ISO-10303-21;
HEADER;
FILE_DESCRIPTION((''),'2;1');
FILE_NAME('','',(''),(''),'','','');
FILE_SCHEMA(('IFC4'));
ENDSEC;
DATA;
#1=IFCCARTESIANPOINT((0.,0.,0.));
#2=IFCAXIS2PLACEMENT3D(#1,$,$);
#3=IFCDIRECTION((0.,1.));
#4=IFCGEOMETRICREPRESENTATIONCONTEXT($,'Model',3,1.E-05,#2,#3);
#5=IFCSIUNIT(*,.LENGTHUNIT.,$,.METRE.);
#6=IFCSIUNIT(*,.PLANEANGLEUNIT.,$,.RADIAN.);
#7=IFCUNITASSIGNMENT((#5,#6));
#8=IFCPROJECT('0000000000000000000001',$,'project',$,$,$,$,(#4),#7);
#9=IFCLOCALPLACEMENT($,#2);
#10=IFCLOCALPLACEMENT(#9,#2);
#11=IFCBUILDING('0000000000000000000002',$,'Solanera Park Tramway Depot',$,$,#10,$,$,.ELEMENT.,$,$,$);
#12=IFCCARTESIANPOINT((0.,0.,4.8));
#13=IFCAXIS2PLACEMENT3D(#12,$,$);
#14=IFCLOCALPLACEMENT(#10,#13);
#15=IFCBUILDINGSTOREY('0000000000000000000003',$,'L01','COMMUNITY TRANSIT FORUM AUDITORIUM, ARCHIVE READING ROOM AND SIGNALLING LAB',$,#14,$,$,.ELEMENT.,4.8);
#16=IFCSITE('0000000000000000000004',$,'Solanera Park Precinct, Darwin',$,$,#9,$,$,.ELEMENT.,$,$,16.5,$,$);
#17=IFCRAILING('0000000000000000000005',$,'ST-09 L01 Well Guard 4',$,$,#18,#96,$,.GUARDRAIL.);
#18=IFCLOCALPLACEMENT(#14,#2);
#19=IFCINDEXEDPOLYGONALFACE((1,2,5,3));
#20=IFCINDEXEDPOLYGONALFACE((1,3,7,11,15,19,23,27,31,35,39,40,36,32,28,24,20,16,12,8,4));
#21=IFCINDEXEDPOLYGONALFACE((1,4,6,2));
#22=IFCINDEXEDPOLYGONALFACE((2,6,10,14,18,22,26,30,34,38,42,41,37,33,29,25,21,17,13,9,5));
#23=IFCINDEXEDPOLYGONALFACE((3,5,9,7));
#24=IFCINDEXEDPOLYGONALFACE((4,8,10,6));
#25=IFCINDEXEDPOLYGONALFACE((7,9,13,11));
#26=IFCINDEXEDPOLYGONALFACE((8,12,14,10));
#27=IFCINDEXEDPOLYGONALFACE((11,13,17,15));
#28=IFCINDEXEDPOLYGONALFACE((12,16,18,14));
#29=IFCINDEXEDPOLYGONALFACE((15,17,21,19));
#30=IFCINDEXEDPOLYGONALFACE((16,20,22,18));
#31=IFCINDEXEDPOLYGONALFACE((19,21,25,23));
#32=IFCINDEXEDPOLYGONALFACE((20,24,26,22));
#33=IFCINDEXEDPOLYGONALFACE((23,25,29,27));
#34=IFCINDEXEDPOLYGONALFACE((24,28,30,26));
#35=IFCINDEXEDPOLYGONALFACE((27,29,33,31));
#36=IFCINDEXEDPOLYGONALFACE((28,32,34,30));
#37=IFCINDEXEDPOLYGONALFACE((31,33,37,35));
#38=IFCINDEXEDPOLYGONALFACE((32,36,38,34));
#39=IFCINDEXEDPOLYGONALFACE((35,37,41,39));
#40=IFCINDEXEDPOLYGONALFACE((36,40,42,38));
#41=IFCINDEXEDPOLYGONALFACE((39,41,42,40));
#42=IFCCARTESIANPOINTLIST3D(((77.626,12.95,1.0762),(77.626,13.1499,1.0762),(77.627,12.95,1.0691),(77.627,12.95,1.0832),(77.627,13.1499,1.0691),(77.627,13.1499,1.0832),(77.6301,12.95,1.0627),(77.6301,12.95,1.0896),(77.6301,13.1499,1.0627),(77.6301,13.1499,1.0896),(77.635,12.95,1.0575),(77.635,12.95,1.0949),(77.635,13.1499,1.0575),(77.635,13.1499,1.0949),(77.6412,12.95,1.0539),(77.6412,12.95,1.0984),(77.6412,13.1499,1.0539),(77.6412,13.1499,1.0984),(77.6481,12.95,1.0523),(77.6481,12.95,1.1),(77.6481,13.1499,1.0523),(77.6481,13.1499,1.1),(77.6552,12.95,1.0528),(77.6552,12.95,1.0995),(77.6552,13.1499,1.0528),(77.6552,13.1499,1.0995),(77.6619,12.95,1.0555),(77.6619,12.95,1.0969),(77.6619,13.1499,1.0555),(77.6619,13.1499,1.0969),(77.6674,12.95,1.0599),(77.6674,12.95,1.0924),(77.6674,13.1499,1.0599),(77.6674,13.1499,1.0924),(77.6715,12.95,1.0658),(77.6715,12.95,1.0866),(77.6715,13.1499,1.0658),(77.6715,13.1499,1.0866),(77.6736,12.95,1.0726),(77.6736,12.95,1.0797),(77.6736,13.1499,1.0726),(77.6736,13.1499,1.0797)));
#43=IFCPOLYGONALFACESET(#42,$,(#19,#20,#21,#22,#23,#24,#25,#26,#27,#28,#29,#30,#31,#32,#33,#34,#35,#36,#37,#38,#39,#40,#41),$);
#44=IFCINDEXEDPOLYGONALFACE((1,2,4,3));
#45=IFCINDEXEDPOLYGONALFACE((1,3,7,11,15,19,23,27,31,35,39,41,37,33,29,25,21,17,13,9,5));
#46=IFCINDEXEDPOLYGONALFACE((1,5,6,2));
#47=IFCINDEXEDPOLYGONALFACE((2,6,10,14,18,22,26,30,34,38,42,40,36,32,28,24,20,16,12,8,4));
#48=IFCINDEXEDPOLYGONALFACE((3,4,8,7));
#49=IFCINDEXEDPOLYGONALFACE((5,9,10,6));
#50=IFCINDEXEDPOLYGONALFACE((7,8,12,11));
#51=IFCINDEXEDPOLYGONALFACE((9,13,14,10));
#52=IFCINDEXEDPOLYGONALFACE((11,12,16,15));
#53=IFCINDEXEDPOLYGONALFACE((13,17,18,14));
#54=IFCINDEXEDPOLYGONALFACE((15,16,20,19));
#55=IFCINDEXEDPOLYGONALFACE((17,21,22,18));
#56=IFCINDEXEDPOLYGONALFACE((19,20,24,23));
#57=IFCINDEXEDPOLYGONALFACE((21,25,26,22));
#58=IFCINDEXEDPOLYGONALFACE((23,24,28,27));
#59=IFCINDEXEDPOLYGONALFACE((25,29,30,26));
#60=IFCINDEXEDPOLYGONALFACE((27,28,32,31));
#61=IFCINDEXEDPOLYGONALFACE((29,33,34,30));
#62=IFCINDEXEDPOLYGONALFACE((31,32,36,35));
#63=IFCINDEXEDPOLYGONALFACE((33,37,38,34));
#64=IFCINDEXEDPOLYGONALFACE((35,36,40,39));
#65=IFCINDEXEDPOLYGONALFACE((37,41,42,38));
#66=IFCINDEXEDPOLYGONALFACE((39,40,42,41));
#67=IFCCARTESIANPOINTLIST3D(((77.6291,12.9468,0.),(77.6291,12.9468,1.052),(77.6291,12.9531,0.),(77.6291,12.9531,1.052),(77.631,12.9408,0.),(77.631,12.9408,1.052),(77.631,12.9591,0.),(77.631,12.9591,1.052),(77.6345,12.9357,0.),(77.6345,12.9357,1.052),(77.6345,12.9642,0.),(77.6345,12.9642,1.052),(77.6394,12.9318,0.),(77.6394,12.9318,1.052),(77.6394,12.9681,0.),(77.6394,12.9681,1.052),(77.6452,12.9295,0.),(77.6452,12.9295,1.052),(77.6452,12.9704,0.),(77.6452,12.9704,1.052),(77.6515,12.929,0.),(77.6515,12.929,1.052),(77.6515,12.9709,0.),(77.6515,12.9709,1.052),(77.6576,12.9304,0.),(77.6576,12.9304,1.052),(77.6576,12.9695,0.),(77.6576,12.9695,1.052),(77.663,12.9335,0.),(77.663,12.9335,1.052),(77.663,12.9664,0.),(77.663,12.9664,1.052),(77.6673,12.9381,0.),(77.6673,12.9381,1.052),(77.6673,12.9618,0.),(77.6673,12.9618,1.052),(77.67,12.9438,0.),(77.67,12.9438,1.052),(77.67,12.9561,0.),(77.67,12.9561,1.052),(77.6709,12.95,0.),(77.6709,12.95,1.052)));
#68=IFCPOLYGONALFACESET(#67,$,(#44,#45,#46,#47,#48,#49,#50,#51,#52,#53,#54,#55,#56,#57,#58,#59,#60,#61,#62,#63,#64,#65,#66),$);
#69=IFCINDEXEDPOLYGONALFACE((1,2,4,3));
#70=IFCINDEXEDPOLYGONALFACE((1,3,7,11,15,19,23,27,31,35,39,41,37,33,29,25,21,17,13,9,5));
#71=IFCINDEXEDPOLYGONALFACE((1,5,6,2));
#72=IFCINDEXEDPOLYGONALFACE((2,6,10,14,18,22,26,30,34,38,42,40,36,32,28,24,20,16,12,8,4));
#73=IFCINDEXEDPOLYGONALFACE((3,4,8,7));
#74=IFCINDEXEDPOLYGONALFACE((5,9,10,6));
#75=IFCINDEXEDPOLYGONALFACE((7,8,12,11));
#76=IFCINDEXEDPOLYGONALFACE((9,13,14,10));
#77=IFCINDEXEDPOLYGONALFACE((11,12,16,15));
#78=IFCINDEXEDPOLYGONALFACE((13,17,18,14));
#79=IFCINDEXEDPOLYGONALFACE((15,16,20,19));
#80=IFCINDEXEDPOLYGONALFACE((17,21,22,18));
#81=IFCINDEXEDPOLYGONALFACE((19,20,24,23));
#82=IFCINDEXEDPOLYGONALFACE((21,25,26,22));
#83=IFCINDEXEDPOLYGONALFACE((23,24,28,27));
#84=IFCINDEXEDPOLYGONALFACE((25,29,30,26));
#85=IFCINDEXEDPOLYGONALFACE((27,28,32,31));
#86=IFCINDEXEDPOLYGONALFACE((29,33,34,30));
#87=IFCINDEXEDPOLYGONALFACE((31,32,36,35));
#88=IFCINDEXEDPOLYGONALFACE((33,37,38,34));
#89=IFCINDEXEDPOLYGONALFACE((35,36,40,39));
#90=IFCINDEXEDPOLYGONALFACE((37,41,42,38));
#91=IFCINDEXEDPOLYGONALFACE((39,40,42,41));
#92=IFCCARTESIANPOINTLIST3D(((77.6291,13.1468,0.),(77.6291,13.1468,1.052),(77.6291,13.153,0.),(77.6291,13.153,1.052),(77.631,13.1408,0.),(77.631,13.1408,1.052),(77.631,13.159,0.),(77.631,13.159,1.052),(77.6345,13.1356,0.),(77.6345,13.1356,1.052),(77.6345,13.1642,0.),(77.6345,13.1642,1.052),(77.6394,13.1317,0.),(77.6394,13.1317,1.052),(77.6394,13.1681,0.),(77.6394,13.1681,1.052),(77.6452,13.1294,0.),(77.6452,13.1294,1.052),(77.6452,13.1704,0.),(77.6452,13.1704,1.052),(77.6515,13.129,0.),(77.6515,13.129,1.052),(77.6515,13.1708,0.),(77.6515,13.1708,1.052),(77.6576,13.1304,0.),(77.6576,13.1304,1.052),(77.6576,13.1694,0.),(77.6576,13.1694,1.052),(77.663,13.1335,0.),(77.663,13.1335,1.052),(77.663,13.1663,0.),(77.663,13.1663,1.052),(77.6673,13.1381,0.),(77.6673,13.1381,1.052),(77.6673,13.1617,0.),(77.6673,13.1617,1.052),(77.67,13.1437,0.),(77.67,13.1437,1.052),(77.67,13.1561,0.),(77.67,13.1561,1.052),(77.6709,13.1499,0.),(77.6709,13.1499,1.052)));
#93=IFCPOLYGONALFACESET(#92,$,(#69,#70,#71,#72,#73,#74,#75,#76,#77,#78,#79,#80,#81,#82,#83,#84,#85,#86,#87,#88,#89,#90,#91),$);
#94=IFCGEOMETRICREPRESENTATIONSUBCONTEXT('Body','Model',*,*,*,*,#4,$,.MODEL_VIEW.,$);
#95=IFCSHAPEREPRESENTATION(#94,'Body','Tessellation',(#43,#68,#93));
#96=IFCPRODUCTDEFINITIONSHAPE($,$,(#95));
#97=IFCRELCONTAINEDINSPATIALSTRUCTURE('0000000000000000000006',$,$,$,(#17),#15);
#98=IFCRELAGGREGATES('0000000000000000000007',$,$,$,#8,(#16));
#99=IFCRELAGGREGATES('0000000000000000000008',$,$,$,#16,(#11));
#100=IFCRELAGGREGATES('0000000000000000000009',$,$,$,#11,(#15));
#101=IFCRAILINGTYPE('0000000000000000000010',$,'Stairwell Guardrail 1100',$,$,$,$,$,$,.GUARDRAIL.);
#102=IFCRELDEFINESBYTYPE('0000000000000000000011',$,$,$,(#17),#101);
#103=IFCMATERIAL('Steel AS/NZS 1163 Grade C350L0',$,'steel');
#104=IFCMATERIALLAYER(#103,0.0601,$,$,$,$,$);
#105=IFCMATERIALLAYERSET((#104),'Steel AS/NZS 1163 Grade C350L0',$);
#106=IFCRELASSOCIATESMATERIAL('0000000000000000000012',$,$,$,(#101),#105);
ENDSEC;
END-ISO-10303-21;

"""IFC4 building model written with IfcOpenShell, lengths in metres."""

from ifc_helpers import new_model, si_unit, direction, frame, origin, origin_2d, place, context, subcontext, project, spatial, circle, extrude, material, layer, layer_set, type_object, element, save


model = new_model("IFC4")

# Units and contexts
model_context = context("Model", 3, precision=1e-05, world=origin(), true_north=direction((0.0, 1.0)))
body_context = subcontext(model_context, "Body", "Model", "MODEL_VIEW")
ifc_project = project(units=[si_unit("LENGTHUNIT", "METRE"), si_unit("PLANEANGLEUNIT", "RADIAN")], contexts=[model_context])

# Site, building, storey
site_placement = place(None, origin())
site = spatial("IfcSite", under=ifc_project, at=site_placement, Name="Solanera Park Precinct, Darwin", CompositionType="ELEMENT", RefElevation=16.5)
building_placement = place(site_placement, origin())
building = spatial("IfcBuilding", under=site, at=building_placement, Name="Solanera Park Tramway Depot", CompositionType="ELEMENT")
storey_placement = place(building_placement, frame((0.0, 0.0, 4.8)))
storey = spatial("IfcBuildingStorey", under=building, at=storey_placement, Name="L01", Description="COMMUNITY TRANSIT FORUM AUDITORIUM, ARCHIVE READING ROOM AND SIGNALLING LAB", CompositionType="ELEMENT", Elevation=4.8)

# Railing
ifc_material_1 = material(Name="Steel AS/NZS 1163 Grade C350L0", Category="steel")
ifc_layer_1 = layer(ifc_material_1, 0.0601)
ifc_layer_set_1 = layer_set([ifc_layer_1], Name="Steel AS/NZS 1163 Grade C350L0")
railing_type_1 = type_object("IfcRailingType", Name="Stairwell Guardrail 1100", PredefinedType="GUARDRAIL", material=ifc_layer_set_1)
railing_1_placement = place(storey_placement, frame((77.6499, 12.95, 0.0)))
element("IfcRailing", 1, at=railing_1_placement, inside=storey, type_object=railing_type_1, Name="ST-09 L01 Well Guard 4", PredefinedType="GUARDRAIL", context=body_context, shape_type="SweptSolid", body=[
    extrude(circle(Radius=0.0239, at=origin_2d()), frame((0.0, 0.0, 1.0762), z_axis=(0.0, 1.0, 0.0), x_axis=(-1.0, 0.0, 0.0)), (0.0, 0.0, 1.0), 0.2),
    extrude(circle(Radius=0.021, at=origin_2d()), origin(), (0.0, 0.0, 1.0), 1.052),
    extrude(circle(Radius=0.021, at=origin_2d()), frame((0.0, 0.2, 0.0)), (0.0, 0.0, 1.0), 1.052),
])

save(model, "model.ifc")
